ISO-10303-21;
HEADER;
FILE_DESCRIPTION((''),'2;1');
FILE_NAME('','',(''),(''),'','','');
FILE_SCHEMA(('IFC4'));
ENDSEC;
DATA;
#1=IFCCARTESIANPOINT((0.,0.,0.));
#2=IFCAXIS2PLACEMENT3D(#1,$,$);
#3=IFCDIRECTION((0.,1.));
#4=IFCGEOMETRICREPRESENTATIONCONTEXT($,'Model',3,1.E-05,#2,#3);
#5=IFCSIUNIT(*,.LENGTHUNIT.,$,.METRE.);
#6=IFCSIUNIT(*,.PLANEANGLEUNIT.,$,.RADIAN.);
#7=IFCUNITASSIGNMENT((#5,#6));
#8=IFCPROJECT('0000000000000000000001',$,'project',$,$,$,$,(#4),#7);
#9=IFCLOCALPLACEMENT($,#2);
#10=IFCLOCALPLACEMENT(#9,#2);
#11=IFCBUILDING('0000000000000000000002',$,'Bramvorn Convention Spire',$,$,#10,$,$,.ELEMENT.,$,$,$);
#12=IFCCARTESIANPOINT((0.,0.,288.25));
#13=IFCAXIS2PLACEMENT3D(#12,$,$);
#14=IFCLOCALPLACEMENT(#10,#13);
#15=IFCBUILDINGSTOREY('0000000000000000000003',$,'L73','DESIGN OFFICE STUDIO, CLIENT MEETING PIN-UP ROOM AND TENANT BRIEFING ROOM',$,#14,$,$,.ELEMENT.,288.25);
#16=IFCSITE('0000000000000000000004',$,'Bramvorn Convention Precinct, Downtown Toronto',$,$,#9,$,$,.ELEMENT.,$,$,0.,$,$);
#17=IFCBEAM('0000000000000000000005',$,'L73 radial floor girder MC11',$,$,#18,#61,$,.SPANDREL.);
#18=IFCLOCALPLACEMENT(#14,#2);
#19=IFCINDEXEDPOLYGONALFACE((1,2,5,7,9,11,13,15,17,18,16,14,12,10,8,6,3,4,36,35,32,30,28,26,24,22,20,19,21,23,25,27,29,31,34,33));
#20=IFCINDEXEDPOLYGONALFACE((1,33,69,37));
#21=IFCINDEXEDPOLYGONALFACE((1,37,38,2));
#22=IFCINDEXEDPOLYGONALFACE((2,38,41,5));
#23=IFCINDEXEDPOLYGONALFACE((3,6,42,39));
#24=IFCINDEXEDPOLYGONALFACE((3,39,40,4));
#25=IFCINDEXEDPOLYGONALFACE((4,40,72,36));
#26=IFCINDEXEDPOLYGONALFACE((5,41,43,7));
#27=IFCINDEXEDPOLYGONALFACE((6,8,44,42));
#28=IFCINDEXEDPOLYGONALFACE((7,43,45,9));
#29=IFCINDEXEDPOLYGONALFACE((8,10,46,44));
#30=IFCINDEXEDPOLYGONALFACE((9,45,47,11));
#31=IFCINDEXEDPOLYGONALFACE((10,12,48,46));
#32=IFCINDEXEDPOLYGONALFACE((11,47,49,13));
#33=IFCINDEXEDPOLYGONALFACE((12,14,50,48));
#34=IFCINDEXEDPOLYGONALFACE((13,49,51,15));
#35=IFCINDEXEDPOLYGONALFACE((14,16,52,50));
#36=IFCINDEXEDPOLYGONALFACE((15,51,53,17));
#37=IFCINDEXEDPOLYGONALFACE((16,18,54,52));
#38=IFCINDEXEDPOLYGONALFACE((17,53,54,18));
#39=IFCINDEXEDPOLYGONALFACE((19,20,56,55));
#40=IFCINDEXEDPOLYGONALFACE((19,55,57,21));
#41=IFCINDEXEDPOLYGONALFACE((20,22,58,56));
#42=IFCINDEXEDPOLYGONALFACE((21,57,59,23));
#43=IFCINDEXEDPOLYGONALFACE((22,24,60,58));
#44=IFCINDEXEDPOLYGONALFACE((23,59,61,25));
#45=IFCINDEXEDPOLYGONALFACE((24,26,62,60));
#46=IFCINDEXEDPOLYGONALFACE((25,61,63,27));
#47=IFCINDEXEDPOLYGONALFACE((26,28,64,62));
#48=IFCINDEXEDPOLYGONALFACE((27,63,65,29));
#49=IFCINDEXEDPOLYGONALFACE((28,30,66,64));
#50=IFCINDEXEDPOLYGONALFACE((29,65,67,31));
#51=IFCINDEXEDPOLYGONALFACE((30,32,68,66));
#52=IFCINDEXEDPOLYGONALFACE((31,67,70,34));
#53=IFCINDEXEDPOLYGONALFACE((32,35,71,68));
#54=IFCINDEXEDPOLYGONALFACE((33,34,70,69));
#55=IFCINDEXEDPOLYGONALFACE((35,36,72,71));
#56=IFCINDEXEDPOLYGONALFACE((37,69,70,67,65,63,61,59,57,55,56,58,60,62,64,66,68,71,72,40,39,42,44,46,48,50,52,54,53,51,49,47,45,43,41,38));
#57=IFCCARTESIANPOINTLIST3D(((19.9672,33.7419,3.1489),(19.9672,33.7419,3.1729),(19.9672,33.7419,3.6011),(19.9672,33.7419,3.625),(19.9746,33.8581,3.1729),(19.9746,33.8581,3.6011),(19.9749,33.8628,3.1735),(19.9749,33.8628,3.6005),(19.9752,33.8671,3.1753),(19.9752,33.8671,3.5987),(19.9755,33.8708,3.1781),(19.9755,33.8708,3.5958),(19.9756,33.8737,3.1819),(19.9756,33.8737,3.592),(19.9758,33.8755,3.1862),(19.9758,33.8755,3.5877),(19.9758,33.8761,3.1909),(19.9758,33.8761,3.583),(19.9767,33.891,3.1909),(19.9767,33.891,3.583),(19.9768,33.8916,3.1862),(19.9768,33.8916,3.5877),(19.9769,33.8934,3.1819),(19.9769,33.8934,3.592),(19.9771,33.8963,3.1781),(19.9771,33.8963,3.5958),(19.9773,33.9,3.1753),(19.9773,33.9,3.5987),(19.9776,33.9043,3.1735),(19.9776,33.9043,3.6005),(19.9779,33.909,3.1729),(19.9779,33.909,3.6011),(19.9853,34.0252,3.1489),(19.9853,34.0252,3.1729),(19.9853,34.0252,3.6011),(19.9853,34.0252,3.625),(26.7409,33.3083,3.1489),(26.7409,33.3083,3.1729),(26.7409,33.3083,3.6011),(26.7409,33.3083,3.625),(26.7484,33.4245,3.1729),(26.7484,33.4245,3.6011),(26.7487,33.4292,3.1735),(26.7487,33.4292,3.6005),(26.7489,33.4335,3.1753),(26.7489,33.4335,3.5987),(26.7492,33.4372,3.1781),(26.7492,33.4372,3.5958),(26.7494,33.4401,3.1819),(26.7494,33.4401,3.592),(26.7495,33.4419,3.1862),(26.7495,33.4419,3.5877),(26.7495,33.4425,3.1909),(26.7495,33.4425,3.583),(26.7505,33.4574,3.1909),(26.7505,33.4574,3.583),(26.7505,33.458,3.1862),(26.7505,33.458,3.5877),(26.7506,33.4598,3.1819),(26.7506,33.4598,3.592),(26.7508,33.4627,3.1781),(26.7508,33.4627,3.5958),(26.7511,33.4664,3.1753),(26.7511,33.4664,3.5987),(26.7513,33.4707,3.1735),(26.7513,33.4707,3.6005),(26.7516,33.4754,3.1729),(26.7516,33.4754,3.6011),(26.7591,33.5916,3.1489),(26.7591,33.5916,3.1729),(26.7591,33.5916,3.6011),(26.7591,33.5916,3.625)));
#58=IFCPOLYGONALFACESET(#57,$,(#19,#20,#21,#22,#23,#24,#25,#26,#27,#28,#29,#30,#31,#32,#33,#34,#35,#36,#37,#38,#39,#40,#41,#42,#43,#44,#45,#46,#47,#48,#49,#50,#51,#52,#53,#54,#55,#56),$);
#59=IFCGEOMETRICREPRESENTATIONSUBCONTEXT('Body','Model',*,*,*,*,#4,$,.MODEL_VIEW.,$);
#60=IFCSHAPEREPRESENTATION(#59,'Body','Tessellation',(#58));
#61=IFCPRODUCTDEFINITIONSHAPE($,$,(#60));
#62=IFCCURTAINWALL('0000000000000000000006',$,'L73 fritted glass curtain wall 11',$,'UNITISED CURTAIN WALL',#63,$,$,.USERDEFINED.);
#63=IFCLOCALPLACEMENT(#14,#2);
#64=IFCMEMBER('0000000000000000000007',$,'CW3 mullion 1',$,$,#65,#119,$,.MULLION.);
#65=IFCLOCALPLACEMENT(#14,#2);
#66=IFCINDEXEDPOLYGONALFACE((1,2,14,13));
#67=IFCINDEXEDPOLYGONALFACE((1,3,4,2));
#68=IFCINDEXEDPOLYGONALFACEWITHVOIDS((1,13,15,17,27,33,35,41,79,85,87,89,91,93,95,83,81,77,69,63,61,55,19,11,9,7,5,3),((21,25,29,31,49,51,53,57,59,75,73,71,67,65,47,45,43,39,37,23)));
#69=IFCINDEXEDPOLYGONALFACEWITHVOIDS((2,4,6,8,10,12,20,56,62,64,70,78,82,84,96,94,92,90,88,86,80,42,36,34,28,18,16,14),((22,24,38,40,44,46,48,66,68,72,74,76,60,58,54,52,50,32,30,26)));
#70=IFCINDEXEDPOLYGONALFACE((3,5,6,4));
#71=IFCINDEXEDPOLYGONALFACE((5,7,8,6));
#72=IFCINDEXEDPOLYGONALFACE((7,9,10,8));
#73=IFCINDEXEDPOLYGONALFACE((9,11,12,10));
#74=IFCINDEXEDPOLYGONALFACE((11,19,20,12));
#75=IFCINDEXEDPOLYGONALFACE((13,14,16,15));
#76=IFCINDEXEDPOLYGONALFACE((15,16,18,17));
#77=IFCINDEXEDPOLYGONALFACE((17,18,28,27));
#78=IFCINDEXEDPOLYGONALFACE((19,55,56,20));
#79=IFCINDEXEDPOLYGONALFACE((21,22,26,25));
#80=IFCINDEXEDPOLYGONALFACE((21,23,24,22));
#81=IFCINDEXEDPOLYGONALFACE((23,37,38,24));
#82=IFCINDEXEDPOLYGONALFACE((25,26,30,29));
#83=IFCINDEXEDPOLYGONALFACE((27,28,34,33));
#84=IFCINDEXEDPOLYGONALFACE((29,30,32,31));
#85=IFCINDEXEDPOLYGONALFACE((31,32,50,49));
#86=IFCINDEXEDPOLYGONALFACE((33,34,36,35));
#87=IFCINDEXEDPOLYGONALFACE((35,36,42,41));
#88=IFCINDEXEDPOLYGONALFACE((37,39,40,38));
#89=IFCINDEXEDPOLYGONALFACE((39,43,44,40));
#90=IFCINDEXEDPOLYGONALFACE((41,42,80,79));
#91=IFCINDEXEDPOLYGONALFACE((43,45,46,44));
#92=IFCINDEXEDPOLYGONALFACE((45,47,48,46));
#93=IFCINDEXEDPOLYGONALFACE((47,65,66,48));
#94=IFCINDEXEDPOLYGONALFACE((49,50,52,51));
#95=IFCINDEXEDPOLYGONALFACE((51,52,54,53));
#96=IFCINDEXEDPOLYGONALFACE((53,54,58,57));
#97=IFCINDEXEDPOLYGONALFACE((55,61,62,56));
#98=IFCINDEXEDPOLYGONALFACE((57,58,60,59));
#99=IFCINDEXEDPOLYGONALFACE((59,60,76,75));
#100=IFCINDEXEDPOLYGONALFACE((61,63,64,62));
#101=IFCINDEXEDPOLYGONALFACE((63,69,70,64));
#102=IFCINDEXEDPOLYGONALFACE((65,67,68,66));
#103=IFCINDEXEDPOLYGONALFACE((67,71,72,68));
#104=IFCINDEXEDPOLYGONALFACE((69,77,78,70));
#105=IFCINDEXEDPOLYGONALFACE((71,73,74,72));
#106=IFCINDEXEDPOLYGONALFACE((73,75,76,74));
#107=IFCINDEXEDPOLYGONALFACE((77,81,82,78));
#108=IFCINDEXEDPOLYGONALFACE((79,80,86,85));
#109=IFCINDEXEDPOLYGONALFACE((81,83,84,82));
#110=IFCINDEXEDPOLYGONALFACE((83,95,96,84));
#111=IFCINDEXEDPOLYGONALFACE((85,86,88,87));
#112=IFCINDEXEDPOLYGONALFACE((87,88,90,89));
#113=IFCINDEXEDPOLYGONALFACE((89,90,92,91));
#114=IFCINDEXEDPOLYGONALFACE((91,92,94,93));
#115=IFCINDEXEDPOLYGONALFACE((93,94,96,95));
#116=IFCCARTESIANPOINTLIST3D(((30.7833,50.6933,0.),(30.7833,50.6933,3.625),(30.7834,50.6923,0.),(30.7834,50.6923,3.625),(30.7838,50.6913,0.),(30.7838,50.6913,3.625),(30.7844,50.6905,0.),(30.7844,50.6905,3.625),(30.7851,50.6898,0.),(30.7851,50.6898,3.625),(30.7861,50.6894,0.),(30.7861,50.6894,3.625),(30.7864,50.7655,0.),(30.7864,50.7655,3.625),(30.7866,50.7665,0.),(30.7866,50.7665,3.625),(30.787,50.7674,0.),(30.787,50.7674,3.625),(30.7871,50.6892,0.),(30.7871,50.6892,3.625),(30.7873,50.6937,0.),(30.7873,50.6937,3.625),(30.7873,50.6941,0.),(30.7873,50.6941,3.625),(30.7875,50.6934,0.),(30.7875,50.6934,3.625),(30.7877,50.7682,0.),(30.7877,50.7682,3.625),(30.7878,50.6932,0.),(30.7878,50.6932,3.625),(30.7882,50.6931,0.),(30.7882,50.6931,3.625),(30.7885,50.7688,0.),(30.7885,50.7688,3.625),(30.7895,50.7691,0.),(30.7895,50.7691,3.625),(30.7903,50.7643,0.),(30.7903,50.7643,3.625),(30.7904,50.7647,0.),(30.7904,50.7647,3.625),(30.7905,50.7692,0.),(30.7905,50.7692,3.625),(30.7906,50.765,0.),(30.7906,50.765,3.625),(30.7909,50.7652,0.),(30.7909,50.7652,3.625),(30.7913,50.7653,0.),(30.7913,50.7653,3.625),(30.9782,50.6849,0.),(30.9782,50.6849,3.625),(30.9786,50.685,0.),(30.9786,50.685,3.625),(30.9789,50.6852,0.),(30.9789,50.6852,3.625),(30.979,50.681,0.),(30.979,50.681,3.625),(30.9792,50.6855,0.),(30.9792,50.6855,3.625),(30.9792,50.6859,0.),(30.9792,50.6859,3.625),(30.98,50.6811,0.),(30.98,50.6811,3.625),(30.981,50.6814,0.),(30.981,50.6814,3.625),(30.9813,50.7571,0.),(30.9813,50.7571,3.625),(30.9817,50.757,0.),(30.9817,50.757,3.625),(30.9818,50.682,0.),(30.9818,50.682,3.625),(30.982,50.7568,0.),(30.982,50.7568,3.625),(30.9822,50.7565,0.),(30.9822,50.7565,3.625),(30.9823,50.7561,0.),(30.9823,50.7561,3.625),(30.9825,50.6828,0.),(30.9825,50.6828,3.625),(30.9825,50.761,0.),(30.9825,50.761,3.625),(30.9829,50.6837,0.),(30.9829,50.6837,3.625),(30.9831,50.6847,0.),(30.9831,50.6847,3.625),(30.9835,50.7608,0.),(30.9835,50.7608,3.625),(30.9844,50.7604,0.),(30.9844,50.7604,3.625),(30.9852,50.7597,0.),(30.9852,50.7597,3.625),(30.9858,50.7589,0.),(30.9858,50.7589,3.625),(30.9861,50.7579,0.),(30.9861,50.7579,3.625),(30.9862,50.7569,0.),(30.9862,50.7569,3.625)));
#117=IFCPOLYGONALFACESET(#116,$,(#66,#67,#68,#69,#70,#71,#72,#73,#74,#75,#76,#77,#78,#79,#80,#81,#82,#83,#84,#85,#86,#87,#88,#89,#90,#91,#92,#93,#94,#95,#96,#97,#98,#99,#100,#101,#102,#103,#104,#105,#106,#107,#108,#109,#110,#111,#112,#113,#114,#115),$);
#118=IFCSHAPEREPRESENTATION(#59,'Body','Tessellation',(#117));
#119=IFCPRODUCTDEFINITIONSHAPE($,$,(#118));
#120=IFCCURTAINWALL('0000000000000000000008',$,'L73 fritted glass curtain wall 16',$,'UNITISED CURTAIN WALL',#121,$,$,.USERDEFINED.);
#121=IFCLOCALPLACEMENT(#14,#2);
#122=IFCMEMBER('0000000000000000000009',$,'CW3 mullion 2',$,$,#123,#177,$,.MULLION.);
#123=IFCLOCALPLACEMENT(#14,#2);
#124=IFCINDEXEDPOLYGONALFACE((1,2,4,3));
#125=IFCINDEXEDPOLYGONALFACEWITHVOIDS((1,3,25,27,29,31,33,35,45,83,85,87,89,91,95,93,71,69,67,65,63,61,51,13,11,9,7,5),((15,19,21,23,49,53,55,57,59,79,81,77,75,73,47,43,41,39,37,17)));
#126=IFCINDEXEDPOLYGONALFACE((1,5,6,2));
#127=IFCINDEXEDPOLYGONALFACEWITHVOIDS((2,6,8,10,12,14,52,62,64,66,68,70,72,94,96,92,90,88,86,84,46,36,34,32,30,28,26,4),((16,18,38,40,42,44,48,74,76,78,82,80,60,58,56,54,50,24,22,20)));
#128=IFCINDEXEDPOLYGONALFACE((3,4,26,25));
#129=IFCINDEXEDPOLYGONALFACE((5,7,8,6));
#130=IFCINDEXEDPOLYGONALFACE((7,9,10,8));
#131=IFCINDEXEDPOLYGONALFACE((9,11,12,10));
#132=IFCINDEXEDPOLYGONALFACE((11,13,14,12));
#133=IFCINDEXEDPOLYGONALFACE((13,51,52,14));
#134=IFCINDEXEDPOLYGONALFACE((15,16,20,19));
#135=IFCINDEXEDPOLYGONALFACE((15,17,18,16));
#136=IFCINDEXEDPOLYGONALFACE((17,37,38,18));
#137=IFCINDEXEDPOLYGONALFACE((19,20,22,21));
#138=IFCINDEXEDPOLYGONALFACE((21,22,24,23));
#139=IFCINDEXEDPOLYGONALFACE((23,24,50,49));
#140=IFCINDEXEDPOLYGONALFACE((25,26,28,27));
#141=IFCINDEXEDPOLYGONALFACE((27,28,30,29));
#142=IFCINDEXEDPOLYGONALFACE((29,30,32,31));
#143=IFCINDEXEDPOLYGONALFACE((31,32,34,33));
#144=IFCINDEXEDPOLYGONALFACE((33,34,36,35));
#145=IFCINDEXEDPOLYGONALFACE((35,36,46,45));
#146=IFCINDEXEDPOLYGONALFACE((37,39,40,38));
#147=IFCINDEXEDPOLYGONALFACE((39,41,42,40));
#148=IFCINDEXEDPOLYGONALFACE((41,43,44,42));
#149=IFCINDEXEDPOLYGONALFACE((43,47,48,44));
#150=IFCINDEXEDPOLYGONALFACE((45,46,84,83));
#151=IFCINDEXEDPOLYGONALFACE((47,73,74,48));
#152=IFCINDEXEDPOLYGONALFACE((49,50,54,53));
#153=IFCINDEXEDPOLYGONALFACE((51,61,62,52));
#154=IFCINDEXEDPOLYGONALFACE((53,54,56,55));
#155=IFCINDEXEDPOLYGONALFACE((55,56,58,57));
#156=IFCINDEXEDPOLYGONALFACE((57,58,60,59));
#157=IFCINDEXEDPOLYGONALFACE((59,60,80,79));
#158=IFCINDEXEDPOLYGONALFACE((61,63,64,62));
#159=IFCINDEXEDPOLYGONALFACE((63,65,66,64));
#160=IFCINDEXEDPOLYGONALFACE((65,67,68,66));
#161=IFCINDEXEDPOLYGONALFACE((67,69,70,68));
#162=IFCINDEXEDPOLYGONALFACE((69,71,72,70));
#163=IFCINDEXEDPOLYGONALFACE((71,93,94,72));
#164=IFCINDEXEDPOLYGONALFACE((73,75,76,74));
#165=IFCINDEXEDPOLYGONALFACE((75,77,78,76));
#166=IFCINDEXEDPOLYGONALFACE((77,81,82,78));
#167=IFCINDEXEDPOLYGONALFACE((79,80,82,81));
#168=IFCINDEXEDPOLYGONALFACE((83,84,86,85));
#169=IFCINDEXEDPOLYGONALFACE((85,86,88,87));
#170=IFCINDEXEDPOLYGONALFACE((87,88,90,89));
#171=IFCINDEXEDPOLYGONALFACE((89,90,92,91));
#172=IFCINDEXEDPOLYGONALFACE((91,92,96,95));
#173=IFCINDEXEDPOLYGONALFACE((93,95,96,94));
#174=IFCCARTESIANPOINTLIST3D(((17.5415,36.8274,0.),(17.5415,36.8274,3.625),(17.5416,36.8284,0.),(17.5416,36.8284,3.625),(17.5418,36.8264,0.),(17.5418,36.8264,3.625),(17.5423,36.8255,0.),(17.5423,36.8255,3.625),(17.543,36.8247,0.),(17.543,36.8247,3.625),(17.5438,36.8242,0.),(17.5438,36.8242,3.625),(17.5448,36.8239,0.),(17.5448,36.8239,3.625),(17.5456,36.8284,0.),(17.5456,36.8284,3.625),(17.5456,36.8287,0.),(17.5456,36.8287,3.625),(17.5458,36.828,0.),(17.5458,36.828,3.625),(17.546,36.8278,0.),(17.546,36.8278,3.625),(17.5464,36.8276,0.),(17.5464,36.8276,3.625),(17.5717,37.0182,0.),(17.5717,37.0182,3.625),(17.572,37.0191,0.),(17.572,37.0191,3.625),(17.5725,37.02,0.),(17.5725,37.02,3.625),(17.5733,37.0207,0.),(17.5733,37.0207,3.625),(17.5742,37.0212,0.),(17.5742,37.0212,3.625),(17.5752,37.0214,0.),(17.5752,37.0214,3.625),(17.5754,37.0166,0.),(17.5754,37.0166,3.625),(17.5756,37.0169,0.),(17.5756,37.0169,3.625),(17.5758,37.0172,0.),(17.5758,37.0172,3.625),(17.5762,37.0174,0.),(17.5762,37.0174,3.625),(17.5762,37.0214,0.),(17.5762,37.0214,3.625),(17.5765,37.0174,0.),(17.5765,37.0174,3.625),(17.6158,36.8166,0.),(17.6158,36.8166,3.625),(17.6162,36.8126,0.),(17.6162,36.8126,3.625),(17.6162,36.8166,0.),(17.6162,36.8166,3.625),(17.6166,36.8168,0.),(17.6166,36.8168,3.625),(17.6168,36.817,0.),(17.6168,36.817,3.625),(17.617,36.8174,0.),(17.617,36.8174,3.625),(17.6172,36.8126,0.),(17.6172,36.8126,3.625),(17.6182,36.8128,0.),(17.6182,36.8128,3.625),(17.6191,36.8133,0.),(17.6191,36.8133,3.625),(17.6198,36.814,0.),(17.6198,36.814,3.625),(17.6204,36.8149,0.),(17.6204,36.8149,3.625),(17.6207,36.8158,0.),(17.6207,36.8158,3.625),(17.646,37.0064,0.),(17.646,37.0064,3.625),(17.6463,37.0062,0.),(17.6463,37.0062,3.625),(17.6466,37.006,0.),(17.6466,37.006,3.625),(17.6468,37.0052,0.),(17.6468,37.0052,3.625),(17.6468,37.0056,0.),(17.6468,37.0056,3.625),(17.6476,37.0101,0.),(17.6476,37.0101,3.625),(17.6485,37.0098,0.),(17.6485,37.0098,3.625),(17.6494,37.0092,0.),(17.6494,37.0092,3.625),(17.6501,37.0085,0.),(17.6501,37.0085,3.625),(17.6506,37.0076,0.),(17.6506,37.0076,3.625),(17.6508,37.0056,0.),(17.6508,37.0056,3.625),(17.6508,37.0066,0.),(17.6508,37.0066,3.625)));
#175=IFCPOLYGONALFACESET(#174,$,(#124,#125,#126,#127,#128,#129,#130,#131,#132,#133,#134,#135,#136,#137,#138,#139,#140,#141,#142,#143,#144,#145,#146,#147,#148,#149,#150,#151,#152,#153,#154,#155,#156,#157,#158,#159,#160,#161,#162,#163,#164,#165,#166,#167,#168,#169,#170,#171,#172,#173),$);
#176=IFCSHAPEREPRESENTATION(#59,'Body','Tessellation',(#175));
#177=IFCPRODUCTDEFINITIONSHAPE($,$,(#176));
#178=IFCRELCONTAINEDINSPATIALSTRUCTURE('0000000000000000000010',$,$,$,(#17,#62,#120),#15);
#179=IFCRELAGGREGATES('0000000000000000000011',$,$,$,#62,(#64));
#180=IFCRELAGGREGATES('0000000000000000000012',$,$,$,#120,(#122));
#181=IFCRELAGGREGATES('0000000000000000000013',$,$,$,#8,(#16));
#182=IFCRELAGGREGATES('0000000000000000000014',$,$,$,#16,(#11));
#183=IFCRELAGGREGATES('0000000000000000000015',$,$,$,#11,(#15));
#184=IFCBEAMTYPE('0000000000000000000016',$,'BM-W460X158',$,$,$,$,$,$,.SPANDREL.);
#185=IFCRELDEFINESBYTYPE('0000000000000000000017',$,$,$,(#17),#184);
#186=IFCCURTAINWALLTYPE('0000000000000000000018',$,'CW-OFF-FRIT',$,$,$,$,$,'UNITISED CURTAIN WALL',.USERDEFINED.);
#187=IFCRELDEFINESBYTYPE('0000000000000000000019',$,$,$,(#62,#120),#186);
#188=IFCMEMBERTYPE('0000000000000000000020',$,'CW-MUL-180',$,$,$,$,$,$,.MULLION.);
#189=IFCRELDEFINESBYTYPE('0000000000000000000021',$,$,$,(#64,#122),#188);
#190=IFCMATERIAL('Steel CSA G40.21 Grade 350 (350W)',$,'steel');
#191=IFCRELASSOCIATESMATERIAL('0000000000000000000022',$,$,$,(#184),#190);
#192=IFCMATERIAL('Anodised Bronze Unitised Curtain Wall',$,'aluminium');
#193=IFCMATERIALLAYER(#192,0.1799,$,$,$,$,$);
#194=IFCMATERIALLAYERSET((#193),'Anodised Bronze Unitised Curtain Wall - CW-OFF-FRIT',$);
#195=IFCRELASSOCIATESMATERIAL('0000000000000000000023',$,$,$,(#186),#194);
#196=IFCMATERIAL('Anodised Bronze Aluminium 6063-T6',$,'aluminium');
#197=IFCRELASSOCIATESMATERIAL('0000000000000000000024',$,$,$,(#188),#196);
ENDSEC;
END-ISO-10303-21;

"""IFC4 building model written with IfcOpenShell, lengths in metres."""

from ifc_helpers import new_model, si_unit, direction, frame, origin, origin_2d, place, context, subcontext, project, spatial, hollow_rectangle, i_section, extrude, material, layer, layer_set, material_profile, profile_set, type_object, element, aggregate, save


model = new_model("IFC4")

# Units and contexts
model_context = context("Model", 3, precision=1e-05, world=origin(), true_north=direction((0.0, 1.0)))
body_context = subcontext(model_context, "Body", "Model", "MODEL_VIEW")
ifc_project = project(units=[si_unit("LENGTHUNIT", "METRE"), si_unit("PLANEANGLEUNIT", "RADIAN")], contexts=[model_context])

# Site, building, storey
site_placement = place(None, origin())
site = spatial("IfcSite", under=ifc_project, at=site_placement, Name="Bramvorn Convention Precinct, Downtown Toronto", CompositionType="ELEMENT", RefElevation=0.0)
building_placement = place(site_placement, origin())
building = spatial("IfcBuilding", under=site, at=building_placement, Name="Bramvorn Convention Spire", CompositionType="ELEMENT")
storey_placement = place(building_placement, frame((0.0, 0.0, 288.25)))
storey = spatial("IfcBuildingStorey", under=building, at=storey_placement, Name="L73", Description="DESIGN OFFICE STUDIO, CLIENT MEETING PIN-UP ROOM AND TENANT BRIEFING ROOM", CompositionType="ELEMENT", Elevation=288.25)

# Shared definitions
ifc_material_1 = material(Name="Steel CSA G40.21 Grade 350 (350W)", Category="steel")

# Beam
ifc_material_profile_1 = material_profile(ifc_material_1, i_section(OverallWidth=0.2839, OverallDepth=0.4761, WebThickness=0.0149, FlangeThickness=0.0239, FilletRadius=0.0181, at=origin_2d()))
ifc_profile_set_1 = profile_set([ifc_material_profile_1], Name="Steel CSA G40.21 Grade 350 (350W) - W460X158")
beam_type_1 = type_object("IfcBeamType", Name="BM-W460X158", PredefinedType="SPANDREL", material=ifc_profile_set_1)
beam_1_placement = place(storey_placement, frame((26.75, 33.45, 3.387), z_axis=(-0.997958, 0.063881, 0.0), x_axis=(-0.063881, -0.997958, 0.0)))
element("IfcBeam", 1, at=beam_1_placement, inside=storey, type_object=beam_type_1, Name="L73 radial floor girder MC11", PredefinedType="SPANDREL", context=body_context, shape_type="SweptSolid", body=[
    extrude(i_section(OverallWidth=0.2839, OverallDepth=0.4761, WebThickness=0.0149, FlangeThickness=0.0239, FilletRadius=0.0181, at=origin_2d()), origin(), (0.0, 0.0, 1.0), 6.7876),
])

# Curtain walls, members
ifc_material_2 = material(Name="Anodised Bronze Unitised Curtain Wall", Category="aluminium")
ifc_layer_1 = layer(ifc_material_2, 0.1799)
ifc_layer_set_1 = layer_set([ifc_layer_1], Name="Anodised Bronze Unitised Curtain Wall - CW-OFF-FRIT")
curtain_wall_type = type_object("IfcCurtainWallType", Name="CW-OFF-FRIT", ElementType="UNITISED CURTAIN WALL", PredefinedType="USERDEFINED", material=ifc_layer_set_1)
curtain_wall_1_placement = place(storey_placement, origin())
curtain_wall_1 = element("IfcCurtainWall", 2, at=curtain_wall_1_placement, inside=storey, type_object=curtain_wall_type, Name="L73 fritted glass curtain wall 11", ObjectType="UNITISED CURTAIN WALL", PredefinedType="USERDEFINED")
ifc_material_3 = material(Name="Anodised Bronze Aluminium 6063-T6", Category="aluminium")
ifc_material_profile_2 = material_profile(ifc_material_3, hollow_rectangle(XDim=0.0801, YDim=0.2, WallThickness=0.0039, InnerFilletRadius=0.001, OuterFilletRadius=0.0039, at=origin_2d()))
ifc_profile_set_2 = profile_set([ifc_material_profile_2], Name="Anodised Bronze Aluminium 6063-T6 - CWM80X200")
member_type_1 = type_object("IfcMemberType", Name="CW-MUL-180", PredefinedType="MULLION", material=ifc_profile_set_2)
member_1_placement = place(storey_placement, frame((30.8848, 50.7251, 0.0), z_axis=(0.0, 0.0, 1.0), x_axis=(0.042844, 0.999082, 0.0)))
member_1 = element("IfcMember", 3, at=member_1_placement, type_object=member_type_1, Name="CW3 mullion 1", PredefinedType="MULLION", context=body_context, shape_type="SweptSolid", body=[
    extrude(hollow_rectangle(XDim=0.0801, YDim=0.2, WallThickness=0.0039, InnerFilletRadius=0.001, OuterFilletRadius=0.0039, at=origin_2d()), origin(), (0.0, 0.0, 1.0), 3.625),
])
curtain_wall_2_placement = place(storey_placement, origin())
curtain_wall_2 = element("IfcCurtainWall", 4, at=curtain_wall_2_placement, inside=storey, type_object=curtain_wall_type, Name="L73 fritted glass curtain wall 16", ObjectType="UNITISED CURTAIN WALL", PredefinedType="USERDEFINED")
member_2_placement = place(storey_placement, frame((17.5962, 36.917, 0.0), z_axis=(0.0, 0.0, 1.0), x_axis=(-0.987609, 0.156937, 0.0)))
member_2 = element("IfcMember", 5, at=member_2_placement, type_object=member_type_1, Name="CW3 mullion 2", PredefinedType="MULLION", context=body_context, shape_type="SweptSolid", body=[
    extrude(hollow_rectangle(XDim=0.0801, YDim=0.2, WallThickness=0.0039, InnerFilletRadius=0.001, OuterFilletRadius=0.0039, at=origin_2d()), origin(), (0.0, 0.0, 1.0), 3.625),
])

aggregate(curtain_wall_1, [member_1])
aggregate(curtain_wall_2, [member_2])

save(model, "model.ifc")
